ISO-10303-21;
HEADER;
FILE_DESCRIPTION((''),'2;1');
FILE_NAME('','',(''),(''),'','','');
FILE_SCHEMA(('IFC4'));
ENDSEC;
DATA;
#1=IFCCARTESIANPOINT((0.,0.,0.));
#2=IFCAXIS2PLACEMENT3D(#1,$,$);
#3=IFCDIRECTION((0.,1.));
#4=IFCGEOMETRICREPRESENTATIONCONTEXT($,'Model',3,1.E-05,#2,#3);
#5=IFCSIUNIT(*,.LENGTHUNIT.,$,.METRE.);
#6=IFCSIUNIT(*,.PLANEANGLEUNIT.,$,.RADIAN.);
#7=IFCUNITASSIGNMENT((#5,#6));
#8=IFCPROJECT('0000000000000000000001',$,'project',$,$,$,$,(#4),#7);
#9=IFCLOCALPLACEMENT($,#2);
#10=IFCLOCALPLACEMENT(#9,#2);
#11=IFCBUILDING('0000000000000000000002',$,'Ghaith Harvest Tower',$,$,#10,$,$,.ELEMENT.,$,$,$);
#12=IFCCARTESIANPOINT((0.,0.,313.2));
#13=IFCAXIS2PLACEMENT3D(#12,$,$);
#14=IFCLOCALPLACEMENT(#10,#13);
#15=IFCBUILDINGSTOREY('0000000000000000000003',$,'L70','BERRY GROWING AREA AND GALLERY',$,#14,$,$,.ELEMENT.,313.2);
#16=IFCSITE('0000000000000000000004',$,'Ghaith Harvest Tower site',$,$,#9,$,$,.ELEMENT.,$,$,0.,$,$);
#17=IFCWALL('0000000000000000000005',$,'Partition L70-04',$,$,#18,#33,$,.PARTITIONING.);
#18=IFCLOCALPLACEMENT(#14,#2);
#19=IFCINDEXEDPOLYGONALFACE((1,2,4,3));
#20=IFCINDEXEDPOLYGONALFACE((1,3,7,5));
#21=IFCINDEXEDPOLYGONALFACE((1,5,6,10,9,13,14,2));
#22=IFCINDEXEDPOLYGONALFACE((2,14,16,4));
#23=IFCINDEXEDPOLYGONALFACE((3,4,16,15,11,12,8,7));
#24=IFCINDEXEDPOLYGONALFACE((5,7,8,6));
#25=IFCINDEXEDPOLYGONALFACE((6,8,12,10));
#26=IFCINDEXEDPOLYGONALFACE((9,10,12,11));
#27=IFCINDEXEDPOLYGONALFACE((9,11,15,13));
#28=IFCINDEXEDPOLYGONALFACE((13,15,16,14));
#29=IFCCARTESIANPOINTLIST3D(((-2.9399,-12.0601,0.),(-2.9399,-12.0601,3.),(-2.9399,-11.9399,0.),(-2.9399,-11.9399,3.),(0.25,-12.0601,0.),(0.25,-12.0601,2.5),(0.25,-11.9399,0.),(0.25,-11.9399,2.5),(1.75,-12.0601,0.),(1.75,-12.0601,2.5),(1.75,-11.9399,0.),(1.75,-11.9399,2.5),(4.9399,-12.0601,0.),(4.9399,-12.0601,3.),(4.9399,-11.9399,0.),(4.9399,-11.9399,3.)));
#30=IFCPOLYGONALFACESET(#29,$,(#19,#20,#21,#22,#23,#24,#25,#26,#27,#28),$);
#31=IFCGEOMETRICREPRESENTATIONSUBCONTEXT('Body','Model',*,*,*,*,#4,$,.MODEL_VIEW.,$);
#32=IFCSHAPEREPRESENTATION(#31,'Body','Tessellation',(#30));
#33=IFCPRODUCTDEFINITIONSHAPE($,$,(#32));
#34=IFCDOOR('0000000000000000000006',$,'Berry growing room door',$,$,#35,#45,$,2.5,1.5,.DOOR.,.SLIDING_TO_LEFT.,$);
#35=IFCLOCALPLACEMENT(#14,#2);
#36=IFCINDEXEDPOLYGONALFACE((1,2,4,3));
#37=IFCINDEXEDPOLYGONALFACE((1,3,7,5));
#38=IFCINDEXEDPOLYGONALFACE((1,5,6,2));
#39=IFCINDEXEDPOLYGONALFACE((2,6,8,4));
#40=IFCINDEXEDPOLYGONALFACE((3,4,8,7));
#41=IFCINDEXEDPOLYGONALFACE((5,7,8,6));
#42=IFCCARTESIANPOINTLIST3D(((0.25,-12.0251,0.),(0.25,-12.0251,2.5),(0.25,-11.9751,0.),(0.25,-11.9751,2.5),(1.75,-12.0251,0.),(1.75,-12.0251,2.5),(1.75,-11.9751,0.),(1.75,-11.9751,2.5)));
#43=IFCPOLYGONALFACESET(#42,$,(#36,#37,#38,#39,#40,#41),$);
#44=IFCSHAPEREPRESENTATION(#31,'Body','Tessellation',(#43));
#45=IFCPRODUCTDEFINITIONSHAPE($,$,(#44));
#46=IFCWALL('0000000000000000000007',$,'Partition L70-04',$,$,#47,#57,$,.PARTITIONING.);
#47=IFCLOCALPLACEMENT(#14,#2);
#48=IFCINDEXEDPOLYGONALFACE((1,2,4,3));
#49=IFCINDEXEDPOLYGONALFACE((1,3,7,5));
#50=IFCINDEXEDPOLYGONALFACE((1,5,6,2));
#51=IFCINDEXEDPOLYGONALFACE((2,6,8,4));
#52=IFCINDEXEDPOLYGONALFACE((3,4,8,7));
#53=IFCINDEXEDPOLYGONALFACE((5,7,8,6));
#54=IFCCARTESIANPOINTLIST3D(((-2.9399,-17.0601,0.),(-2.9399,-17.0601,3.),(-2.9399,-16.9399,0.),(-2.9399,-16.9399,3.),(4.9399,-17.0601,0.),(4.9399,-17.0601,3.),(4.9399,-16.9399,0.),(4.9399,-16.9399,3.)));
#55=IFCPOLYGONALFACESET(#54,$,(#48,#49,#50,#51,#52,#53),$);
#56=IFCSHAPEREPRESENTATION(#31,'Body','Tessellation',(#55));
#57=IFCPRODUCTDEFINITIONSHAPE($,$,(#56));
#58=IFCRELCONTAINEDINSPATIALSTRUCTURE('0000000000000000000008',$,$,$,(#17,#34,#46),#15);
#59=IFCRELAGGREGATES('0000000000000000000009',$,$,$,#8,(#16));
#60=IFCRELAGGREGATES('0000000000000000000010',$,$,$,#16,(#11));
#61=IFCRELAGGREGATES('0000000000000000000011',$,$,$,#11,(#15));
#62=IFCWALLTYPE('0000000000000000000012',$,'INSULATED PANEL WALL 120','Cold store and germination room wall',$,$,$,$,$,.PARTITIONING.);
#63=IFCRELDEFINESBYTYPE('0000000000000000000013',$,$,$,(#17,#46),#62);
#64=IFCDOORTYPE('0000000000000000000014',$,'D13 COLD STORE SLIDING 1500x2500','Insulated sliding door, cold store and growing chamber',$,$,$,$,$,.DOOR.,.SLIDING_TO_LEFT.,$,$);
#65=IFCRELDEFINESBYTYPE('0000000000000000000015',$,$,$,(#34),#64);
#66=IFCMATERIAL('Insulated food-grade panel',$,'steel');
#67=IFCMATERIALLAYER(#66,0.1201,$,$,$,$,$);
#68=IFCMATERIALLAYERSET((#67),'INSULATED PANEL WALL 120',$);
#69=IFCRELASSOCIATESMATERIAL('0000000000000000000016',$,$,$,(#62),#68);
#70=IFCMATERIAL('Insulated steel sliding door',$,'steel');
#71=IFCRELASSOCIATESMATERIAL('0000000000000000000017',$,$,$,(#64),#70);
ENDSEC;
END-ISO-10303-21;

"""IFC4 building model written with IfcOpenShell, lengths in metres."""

from ifc_helpers import new_model, si_unit, direction, frame, frame_2d, origin, place, context, subcontext, project, spatial, rectangle, extrude, material, layer, layer_set, type_object, element, fill, save


model = new_model("IFC4")

# Units and contexts
model_context = context("Model", 3, precision=1e-05, world=origin(), true_north=direction((0.0, 1.0)))
body_context = subcontext(model_context, "Body", "Model", "MODEL_VIEW")
ifc_project = project(units=[si_unit("LENGTHUNIT", "METRE"), si_unit("PLANEANGLEUNIT", "RADIAN")], contexts=[model_context])

# Site, building, storey
site_placement = place(None, origin())
site = spatial("IfcSite", under=ifc_project, at=site_placement, Name="Ghaith Harvest Tower site", CompositionType="ELEMENT", RefElevation=0.0)
building_placement = place(site_placement, origin())
building = spatial("IfcBuilding", under=site, at=building_placement, Name="Ghaith Harvest Tower", CompositionType="ELEMENT")
storey_placement = place(building_placement, frame((0.0, 0.0, 313.2)))
storey = spatial("IfcBuildingStorey", under=building, at=storey_placement, Name="L70", Description="BERRY GROWING AREA AND GALLERY", CompositionType="ELEMENT", Elevation=313.2)

# Shared definitions
ifc_material_1 = material(Name="Insulated food-grade panel", Category="steel")
ifc_layer_1 = layer(ifc_material_1, 0.1201)
ifc_layer_set_1 = layer_set([ifc_layer_1], Name="INSULATED PANEL WALL 120")
wall_type = type_object("IfcWallType", Name="INSULATED PANEL WALL 120", Description="Cold store and germination room wall", PredefinedType="PARTITIONING", material=ifc_layer_set_1)

# Shared definitions
ifc_material_2 = material(Name="Insulated steel sliding door", Category="steel")
door_type = type_object("IfcDoorType", Name="D13 COLD STORE SLIDING 1500x2500", Description="Insulated sliding door, cold store and growing chamber", OperationType="SLIDING_TO_LEFT", PredefinedType="DOOR", material=ifc_material_2)

# Wall, opening, door
wall_1_placement = place(storey_placement, frame((-2.9399, -12.0, 0.0), z_axis=(0.0, 0.0, 1.0), x_axis=(1.0, 0.0, 0.0)))
wall_1 = element("IfcWall", 1, at=wall_1_placement, inside=storey, type_object=wall_type, Name="Partition L70-04", PredefinedType="PARTITIONING", context=body_context, shape_type="SweptSolid", body=[
    extrude(rectangle(XDim=7.8799, YDim=0.1201, at=frame_2d((3.9399, 0.0))), origin(), (0.0, 0.0, 1.0), 3.0),
])
opening_1_placement = place(wall_1_placement, frame((3.1899, 0.0, 0.0)))
opening_1 = element("IfcOpeningElement", 2, at=opening_1_placement, cuts=wall_1, PredefinedType="OPENING", context=body_context, shape_type="SweptSolid", body=[
    extrude(rectangle(XDim=1.5, YDim=2.5, at=frame_2d((0.75, 1.25))), frame((0.0, 0.0701, 0.0), z_axis=(0.0, -1.0, 0.0), x_axis=(1.0, 0.0, 0.0)), (0.0, 0.0, 1.0), 0.1401),
])
door_1_placement = place(opening_1_placement, origin())
door_1 = element("IfcDoor", 3, at=door_1_placement, inside=storey, type_object=door_type, Name="Berry growing room door", OperationType="SLIDING_TO_LEFT", OverallHeight=2.5, OverallWidth=1.5, PredefinedType="DOOR", context=body_context, shape_type="SweptSolid", body=[
    extrude(rectangle(XDim=1.5, YDim=2.5, at=frame_2d((0.75, 1.25))), frame((0.0, 0.0249, 0.0), z_axis=(0.0, -1.0, 0.0), x_axis=(1.0, 0.0, 0.0)), (0.0, 0.0, 1.0), 0.05),
])
fill(opening_1, door_1)

# Wall
wall_2_placement = place(storey_placement, frame((-2.9399, -17.0, 0.0), z_axis=(0.0, 0.0, 1.0), x_axis=(1.0, 0.0, 0.0)))
element("IfcWall", 4, at=wall_2_placement, inside=storey, type_object=wall_type, Name="Partition L70-04", PredefinedType="PARTITIONING", context=body_context, shape_type="SweptSolid", body=[
    extrude(rectangle(XDim=7.8799, YDim=0.1201, at=frame_2d((3.9399, 0.0))), origin(), (0.0, 0.0, 1.0), 3.0),
])

save(model, "model.ifc")
